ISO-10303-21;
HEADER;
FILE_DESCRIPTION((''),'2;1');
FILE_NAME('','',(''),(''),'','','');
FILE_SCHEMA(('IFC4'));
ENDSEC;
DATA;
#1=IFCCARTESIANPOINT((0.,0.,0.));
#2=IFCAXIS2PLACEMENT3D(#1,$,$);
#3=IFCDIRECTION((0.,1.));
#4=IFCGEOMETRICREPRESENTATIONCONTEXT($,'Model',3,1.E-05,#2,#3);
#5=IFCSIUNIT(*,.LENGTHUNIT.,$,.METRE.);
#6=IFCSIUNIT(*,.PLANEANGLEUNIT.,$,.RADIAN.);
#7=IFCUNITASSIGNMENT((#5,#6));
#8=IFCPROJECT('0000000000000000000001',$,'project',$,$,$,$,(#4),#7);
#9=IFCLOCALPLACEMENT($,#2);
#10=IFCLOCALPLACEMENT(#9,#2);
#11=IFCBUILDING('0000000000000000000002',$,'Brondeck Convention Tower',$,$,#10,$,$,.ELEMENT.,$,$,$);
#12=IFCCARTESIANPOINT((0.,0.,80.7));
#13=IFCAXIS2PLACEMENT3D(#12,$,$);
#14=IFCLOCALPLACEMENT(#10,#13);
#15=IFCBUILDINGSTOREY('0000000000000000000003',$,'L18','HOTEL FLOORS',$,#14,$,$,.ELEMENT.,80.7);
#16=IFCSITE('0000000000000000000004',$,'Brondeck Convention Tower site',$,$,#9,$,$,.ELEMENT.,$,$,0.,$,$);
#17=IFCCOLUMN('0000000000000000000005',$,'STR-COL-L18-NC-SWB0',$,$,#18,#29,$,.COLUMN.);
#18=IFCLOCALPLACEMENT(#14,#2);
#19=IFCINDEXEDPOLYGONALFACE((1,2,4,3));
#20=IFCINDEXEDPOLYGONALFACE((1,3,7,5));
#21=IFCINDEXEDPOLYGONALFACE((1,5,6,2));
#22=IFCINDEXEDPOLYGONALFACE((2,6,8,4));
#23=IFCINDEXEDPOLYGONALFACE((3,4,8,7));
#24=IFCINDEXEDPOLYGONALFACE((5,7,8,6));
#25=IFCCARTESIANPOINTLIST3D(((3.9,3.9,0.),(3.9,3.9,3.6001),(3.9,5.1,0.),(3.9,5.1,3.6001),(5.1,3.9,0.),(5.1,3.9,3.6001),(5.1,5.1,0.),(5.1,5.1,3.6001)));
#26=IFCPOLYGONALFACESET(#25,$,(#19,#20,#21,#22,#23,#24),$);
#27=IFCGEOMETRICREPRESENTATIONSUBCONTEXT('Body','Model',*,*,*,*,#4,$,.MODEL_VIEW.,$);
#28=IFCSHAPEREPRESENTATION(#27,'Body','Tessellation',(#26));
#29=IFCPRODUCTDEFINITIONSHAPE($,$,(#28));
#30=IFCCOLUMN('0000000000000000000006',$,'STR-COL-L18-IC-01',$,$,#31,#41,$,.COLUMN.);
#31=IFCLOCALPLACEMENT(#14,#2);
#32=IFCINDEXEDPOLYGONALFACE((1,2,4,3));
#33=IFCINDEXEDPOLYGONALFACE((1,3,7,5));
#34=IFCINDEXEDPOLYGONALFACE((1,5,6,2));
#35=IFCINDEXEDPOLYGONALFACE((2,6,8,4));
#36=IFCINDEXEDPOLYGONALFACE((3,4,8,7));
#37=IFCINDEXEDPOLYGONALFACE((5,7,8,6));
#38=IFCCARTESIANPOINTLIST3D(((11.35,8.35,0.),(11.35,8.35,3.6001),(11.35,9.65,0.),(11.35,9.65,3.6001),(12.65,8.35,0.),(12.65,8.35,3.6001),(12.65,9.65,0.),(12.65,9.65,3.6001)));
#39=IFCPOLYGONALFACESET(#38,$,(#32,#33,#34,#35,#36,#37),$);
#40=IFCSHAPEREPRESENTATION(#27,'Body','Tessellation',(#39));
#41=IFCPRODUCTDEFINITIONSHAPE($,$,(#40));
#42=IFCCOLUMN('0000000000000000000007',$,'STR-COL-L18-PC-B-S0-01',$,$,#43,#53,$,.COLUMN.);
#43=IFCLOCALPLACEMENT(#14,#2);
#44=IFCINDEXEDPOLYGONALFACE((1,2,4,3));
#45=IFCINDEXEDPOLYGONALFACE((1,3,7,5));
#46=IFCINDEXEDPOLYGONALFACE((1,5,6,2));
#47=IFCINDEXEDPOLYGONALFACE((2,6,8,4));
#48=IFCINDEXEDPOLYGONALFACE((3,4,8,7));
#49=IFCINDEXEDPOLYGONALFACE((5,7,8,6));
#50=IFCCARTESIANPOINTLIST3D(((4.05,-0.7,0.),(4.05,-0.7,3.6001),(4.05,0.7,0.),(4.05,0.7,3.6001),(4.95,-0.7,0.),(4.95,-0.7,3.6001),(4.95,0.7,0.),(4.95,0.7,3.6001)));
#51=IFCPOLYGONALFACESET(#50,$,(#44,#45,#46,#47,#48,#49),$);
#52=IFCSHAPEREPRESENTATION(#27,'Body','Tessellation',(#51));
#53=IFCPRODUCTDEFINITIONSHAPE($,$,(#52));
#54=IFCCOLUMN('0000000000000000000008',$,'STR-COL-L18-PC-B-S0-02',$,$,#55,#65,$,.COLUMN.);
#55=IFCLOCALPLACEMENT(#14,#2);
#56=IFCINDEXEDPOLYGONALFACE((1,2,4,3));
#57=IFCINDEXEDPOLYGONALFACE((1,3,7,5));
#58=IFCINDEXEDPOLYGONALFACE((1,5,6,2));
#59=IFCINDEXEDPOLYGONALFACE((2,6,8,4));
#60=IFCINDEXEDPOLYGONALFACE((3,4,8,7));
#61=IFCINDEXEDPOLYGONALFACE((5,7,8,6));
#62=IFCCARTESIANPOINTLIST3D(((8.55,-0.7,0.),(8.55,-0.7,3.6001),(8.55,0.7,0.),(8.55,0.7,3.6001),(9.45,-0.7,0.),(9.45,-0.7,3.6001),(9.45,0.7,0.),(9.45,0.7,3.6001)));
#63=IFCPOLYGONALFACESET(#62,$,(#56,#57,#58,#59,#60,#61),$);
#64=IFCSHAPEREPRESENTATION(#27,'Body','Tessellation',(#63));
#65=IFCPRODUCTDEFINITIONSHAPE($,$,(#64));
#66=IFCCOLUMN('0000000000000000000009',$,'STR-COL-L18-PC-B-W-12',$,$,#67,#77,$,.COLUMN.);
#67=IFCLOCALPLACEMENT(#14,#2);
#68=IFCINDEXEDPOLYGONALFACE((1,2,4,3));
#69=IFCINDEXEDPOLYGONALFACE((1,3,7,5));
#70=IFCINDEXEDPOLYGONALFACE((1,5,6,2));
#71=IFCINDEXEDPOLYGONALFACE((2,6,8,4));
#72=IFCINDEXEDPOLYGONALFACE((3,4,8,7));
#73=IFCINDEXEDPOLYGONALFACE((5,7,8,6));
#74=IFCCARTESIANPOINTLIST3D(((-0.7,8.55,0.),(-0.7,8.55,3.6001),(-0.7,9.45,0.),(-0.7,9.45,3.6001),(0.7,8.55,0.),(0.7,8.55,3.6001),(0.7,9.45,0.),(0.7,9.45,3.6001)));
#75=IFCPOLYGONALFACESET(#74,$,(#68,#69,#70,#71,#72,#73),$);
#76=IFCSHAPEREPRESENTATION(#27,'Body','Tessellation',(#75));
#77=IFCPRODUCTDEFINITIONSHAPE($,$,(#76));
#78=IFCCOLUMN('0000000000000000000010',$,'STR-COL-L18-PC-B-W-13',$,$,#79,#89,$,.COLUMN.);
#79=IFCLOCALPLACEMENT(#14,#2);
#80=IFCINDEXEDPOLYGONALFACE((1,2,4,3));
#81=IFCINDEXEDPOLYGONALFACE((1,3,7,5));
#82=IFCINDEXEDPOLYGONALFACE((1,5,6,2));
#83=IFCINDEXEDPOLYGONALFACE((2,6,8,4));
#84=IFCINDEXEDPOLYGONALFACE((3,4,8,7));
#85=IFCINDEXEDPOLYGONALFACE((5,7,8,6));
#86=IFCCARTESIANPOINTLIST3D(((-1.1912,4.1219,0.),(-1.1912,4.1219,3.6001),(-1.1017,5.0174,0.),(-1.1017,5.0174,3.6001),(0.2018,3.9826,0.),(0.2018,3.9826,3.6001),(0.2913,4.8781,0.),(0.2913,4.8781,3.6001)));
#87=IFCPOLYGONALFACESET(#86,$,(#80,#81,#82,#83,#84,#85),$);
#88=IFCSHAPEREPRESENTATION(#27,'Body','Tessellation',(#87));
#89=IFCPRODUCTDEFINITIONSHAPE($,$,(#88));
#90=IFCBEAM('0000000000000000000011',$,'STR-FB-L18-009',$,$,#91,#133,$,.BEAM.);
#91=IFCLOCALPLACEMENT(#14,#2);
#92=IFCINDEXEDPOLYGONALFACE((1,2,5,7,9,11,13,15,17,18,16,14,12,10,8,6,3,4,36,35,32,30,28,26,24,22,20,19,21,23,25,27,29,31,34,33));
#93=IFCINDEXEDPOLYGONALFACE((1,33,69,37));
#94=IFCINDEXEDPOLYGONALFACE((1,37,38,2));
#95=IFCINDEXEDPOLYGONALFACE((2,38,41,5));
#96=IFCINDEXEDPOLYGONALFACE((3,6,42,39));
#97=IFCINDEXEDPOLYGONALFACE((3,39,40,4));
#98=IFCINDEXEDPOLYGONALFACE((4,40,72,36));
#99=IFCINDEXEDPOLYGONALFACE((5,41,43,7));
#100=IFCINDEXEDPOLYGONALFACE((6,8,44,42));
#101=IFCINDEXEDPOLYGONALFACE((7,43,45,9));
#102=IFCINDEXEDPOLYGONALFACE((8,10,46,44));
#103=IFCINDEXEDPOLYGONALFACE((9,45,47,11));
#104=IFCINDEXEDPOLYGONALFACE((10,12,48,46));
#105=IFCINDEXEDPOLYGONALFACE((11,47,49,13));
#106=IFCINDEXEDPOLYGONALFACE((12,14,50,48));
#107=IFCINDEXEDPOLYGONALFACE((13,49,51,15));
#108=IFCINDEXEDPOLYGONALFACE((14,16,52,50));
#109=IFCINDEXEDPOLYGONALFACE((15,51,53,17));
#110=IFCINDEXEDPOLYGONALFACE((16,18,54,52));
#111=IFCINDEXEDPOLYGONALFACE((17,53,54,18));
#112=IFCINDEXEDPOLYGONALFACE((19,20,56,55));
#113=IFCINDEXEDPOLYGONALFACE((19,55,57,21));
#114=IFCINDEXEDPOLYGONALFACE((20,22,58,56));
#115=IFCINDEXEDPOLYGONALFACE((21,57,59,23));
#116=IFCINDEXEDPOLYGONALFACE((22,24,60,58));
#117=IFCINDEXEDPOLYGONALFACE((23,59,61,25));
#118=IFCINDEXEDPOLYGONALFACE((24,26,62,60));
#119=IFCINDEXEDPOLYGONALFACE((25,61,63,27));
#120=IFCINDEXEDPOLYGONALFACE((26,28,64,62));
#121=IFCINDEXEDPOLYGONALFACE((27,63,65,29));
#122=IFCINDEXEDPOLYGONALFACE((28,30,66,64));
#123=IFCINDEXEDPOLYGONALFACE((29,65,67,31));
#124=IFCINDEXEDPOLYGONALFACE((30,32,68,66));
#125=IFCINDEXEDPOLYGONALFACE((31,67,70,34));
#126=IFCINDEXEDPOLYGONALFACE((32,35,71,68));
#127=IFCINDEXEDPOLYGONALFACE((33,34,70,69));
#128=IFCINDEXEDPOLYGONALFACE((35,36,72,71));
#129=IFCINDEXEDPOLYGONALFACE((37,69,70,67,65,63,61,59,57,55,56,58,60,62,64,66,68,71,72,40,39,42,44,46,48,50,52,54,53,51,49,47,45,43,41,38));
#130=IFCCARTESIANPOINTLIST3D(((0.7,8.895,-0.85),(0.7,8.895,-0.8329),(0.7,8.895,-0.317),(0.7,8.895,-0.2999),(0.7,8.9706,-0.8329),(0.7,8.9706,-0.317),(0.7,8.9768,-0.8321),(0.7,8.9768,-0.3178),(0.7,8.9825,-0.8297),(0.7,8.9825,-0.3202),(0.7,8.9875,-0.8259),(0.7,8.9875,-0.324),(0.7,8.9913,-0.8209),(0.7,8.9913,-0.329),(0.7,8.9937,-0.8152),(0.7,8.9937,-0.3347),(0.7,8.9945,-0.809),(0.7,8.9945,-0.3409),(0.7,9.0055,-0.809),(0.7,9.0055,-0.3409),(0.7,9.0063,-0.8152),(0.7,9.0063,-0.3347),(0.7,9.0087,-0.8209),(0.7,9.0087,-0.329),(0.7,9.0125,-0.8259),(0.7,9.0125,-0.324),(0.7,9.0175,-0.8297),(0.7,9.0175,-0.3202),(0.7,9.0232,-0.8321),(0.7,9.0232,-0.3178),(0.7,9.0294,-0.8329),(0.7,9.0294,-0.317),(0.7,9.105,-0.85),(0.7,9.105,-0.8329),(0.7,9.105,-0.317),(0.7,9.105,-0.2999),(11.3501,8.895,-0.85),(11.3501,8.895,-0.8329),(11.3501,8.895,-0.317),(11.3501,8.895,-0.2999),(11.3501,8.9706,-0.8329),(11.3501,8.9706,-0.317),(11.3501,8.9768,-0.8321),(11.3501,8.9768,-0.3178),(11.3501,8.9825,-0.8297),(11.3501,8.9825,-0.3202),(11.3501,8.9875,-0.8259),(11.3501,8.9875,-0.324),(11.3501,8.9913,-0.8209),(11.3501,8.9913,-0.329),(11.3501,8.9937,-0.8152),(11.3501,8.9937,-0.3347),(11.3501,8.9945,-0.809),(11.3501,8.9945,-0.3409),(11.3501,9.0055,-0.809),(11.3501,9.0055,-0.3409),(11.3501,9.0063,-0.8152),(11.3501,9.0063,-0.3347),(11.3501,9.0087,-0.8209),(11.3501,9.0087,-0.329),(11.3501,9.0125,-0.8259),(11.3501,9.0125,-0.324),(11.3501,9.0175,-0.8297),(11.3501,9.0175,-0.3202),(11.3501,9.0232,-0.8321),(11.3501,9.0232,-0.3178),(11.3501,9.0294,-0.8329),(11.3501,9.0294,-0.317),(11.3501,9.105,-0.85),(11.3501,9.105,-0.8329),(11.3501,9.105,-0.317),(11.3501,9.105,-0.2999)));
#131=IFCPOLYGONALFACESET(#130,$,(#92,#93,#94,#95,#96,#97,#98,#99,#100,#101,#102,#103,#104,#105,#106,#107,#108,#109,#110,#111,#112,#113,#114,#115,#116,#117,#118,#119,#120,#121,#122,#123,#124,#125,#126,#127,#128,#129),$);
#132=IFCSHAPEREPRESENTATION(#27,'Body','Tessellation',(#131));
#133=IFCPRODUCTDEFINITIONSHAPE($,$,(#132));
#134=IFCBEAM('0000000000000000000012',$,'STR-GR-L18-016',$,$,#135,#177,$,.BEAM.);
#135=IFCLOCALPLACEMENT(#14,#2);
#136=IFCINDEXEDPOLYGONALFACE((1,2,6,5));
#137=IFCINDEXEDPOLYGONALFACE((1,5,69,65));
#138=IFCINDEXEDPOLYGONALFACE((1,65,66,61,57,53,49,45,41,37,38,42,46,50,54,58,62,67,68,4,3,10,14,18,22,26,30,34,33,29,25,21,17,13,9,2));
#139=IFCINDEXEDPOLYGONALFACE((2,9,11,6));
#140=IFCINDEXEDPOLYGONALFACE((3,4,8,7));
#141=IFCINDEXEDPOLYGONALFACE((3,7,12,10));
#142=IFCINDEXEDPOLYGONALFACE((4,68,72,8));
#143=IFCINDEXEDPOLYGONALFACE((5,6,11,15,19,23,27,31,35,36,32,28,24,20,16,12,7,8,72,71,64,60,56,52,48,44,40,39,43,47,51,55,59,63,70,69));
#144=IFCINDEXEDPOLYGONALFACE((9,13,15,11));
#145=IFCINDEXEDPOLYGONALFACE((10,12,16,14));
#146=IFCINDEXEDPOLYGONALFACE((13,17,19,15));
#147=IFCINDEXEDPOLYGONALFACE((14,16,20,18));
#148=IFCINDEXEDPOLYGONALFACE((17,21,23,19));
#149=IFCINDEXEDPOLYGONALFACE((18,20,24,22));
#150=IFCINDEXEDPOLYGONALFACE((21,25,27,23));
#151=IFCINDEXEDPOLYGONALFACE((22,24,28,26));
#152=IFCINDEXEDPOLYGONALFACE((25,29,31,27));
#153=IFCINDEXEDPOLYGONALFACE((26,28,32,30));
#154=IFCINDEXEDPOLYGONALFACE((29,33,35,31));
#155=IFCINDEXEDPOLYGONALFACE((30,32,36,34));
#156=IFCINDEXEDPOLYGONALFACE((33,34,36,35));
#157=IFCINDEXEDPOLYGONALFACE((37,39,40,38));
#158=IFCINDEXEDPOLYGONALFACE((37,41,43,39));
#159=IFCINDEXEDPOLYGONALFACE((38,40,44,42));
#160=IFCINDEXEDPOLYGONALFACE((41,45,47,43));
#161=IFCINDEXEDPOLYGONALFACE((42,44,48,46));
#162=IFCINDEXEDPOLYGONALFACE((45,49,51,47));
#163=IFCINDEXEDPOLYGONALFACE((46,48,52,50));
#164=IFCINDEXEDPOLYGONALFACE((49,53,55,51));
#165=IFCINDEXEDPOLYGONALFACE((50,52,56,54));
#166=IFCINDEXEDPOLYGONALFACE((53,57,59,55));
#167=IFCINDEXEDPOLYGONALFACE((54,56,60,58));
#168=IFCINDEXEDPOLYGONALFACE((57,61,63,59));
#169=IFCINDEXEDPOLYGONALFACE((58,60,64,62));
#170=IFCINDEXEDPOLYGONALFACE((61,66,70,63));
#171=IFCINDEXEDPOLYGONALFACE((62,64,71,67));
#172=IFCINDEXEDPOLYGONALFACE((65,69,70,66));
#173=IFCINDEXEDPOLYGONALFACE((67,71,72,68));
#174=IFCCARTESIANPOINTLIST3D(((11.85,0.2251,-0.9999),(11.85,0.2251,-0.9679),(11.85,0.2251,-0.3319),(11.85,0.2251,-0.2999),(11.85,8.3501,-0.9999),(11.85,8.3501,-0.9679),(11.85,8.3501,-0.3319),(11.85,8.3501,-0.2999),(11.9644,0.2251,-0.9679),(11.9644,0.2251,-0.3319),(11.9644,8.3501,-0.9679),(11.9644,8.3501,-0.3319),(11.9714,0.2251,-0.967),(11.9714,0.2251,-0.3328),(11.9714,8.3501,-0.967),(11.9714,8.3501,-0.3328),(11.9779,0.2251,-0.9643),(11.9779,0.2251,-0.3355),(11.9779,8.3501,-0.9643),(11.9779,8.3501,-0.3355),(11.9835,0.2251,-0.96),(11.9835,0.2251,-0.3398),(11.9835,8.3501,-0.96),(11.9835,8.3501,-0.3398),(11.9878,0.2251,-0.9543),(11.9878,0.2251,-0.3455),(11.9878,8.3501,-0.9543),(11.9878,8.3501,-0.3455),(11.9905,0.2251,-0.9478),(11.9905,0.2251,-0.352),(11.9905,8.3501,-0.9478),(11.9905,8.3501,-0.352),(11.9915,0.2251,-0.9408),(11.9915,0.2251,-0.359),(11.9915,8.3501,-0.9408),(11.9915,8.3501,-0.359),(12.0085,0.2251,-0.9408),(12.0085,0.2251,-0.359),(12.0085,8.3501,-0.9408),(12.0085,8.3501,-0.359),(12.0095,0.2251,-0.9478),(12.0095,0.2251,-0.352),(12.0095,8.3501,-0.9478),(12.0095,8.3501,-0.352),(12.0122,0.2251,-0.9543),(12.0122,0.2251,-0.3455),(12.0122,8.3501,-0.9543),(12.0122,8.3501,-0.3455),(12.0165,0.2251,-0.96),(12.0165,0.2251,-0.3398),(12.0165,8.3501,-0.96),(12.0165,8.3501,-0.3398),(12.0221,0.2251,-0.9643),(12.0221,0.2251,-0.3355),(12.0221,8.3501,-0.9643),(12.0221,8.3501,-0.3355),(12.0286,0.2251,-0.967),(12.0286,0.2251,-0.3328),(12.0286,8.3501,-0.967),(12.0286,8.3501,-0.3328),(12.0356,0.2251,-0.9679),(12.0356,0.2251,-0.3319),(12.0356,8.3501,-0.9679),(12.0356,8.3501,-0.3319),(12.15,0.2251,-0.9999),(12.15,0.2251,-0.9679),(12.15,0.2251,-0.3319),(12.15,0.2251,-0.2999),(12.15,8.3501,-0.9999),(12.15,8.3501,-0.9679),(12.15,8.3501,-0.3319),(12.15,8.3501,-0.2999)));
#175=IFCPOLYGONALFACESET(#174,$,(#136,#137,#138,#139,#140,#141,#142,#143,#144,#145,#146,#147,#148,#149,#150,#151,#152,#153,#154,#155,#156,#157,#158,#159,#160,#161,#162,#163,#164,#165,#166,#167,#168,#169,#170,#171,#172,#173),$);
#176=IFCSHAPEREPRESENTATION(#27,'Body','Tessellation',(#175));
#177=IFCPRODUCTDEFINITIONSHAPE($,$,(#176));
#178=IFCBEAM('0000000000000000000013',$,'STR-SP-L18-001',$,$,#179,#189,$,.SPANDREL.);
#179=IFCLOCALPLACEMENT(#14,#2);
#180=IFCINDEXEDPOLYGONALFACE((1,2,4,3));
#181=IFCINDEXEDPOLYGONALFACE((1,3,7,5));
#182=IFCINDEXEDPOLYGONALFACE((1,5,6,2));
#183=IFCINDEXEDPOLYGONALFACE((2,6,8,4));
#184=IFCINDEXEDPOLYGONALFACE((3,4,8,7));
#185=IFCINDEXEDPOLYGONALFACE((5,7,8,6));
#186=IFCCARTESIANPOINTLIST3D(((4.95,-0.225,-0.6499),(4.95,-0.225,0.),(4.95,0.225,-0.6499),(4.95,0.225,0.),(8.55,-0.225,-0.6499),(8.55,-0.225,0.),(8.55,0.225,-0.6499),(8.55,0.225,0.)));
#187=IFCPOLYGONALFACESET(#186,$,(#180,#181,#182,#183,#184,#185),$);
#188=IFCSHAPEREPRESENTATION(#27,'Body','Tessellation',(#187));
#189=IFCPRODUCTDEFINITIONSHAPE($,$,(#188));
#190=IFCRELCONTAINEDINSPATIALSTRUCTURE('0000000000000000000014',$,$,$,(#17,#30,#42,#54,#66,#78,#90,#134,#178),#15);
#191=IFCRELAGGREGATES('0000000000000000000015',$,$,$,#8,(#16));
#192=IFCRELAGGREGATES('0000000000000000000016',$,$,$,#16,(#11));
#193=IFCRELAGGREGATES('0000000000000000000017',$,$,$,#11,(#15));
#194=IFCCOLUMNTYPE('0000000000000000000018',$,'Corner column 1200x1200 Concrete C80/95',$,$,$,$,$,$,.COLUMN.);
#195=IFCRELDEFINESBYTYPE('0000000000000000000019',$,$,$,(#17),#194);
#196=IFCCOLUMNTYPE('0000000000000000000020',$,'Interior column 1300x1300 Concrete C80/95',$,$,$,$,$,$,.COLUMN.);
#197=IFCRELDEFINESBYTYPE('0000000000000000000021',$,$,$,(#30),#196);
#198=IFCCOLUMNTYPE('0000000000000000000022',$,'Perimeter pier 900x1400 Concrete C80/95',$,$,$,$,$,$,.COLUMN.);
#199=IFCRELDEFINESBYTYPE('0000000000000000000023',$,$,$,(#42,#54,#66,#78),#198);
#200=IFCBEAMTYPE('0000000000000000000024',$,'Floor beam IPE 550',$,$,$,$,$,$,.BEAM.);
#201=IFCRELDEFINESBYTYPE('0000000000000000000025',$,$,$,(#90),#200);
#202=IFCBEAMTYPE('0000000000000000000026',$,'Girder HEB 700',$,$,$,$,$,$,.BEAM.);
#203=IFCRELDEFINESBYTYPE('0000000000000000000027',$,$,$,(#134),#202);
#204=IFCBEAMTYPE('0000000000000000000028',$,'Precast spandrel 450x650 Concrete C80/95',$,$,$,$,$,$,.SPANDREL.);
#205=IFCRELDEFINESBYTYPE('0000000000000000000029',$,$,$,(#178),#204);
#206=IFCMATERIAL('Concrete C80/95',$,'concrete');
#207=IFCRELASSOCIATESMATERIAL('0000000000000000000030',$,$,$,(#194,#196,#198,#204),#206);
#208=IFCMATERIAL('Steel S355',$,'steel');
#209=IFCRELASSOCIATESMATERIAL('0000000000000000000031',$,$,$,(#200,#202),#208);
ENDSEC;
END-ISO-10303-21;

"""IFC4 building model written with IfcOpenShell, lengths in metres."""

from ifc_helpers import new_model, si_unit, direction, frame, origin, origin_2d, place, context, subcontext, project, spatial, rectangle, i_section, extrude, material, material_profile, profile_set, type_object, element, save


model = new_model("IFC4")

# Units and contexts
model_context = context("Model", 3, precision=1e-05, world=origin(), true_north=direction((0.0, 1.0)))
body_context = subcontext(model_context, "Body", "Model", "MODEL_VIEW")
ifc_project = project(units=[si_unit("LENGTHUNIT", "METRE"), si_unit("PLANEANGLEUNIT", "RADIAN")], contexts=[model_context])

# Site, building, storey
site_placement = place(None, origin())
site = spatial("IfcSite", under=ifc_project, at=site_placement, Name="Brondeck Convention Tower site", CompositionType="ELEMENT", RefElevation=0.0)
building_placement = place(site_placement, origin())
building = spatial("IfcBuilding", under=site, at=building_placement, Name="Brondeck Convention Tower", CompositionType="ELEMENT")
storey_placement = place(building_placement, frame((0.0, 0.0, 80.7)))
storey = spatial("IfcBuildingStorey", under=building, at=storey_placement, Name="L18", Description="HOTEL FLOORS", CompositionType="ELEMENT", Elevation=80.7)

# Columns
ifc_material_1 = material(Name="Concrete C80/95", Category="concrete")
ifc_material_profile_1 = material_profile(ifc_material_1, rectangle(XDim=1.2, YDim=1.2, at=origin_2d()), Name="Corner column 1200x1200 Concrete C80/95")
ifc_profile_set_1 = profile_set([ifc_material_profile_1], Name="Concrete C80/95")
column_type_1 = type_object("IfcColumnType", Name="Corner column 1200x1200 Concrete C80/95", PredefinedType="COLUMN", material=ifc_profile_set_1)
column_1_placement = place(storey_placement, frame((4.5, 4.5, 0.0), z_axis=(0.0, 0.0, 1.0), x_axis=(1.0, 0.0, 0.0)))
element("IfcColumn", 1, at=column_1_placement, inside=storey, type_object=column_type_1, Name="STR-COL-L18-NC-SWB0", PredefinedType="COLUMN", context=body_context, shape_type="SweptSolid", body=[
    extrude(rectangle(XDim=1.2, YDim=1.2, at=origin_2d()), origin(), (0.0, 0.0, 1.0), 3.6001),
])
ifc_material_profile_2 = material_profile(ifc_material_1, rectangle(XDim=1.3, YDim=1.3, at=origin_2d()), Name="Interior column 1300x1300 Concrete C80/95")
ifc_profile_set_2 = profile_set([ifc_material_profile_2], Name="Concrete C80/95")
column_type_2 = type_object("IfcColumnType", Name="Interior column 1300x1300 Concrete C80/95", PredefinedType="COLUMN", material=ifc_profile_set_2)
column_2_placement = place(storey_placement, frame((12.0, 9.0, 0.0), z_axis=(0.0, 0.0, 1.0), x_axis=(1.0, 0.0, 0.0)))
element("IfcColumn", 2, at=column_2_placement, inside=storey, type_object=column_type_2, Name="STR-COL-L18-IC-01", PredefinedType="COLUMN", context=body_context, shape_type="SweptSolid", body=[
    extrude(rectangle(XDim=1.3, YDim=1.3, at=origin_2d()), origin(), (0.0, 0.0, 1.0), 3.6001),
])
ifc_material_profile_3 = material_profile(ifc_material_1, rectangle(XDim=0.8999, YDim=1.3999, at=origin_2d()), Name="Perimeter pier 900x1400 Concrete C80/95")
ifc_profile_set_3 = profile_set([ifc_material_profile_3], Name="Concrete C80/95")
column_type_3 = type_object("IfcColumnType", Name="Perimeter pier 900x1400 Concrete C80/95", PredefinedType="COLUMN", material=ifc_profile_set_3)
for number, where, z_axis, x_axis, name in (
    (3, (4.5, 0.0, 0.0), (0.0, 0.0, 1.0), (1.0, 0.0, 0.0), "STR-COL-L18-PC-B-S0-01"),
    (4, (9.0, 0.0, 0.0), (0.0, 0.0, 1.0), (1.0, 0.0, 0.0), "STR-COL-L18-PC-B-S0-02"),
    (5, (0.0, 9.0, 0.0), (0.0, 0.0, 1.0), (0.0, -1.0, 0.0), "STR-COL-L18-PC-B-W-12"),
    (6, (-0.45, 4.5, 0.0), (0.0, 0.0, 1.0), (-0.099504, -0.995037, 0.0), "STR-COL-L18-PC-B-W-13"),
):
    element("IfcColumn", number, at=place(storey_placement, frame(where, z_axis=z_axis, x_axis=x_axis)), inside=storey, type_object=column_type_3, Name=name, PredefinedType="COLUMN", context=body_context, shape_type="SweptSolid", body=[
        extrude(rectangle(XDim=0.8999, YDim=1.3999, at=origin_2d()), origin(), (0.0, 0.0, 1.0), 3.6001),
    ])

# Beams
ifc_material_2 = material(Name="Steel S355", Category="steel")
ifc_material_profile_4 = material_profile(ifc_material_2, i_section(OverallWidth=0.21, OverallDepth=0.55, WebThickness=0.011, FlangeThickness=0.0171, FilletRadius=0.0239, at=origin_2d()), Name="IPE 550")
ifc_profile_set_4 = profile_set([ifc_material_profile_4], Name="Steel S355")
beam_type_1 = type_object("IfcBeamType", Name="Floor beam IPE 550", PredefinedType="BEAM", material=ifc_profile_set_4)
beam_1_placement = place(storey_placement, frame((0.7, 9.0, -0.575), z_axis=(1.0, 0.0, 0.0), x_axis=(0.0, 1.0, 0.0)))
element("IfcBeam", 7, at=beam_1_placement, inside=storey, type_object=beam_type_1, Name="STR-FB-L18-009", PredefinedType="BEAM", context=body_context, shape_type="SweptSolid", body=[
    extrude(i_section(OverallWidth=0.21, OverallDepth=0.55, WebThickness=0.011, FlangeThickness=0.0171, FilletRadius=0.0239, at=origin_2d()), origin(), (0.0, 0.0, 1.0), 10.6501),
])
ifc_material_profile_5 = material_profile(ifc_material_2, i_section(OverallWidth=0.3, OverallDepth=0.7, WebThickness=0.0171, FlangeThickness=0.032, FilletRadius=0.0271, at=origin_2d()), Name="HEB 700")
ifc_profile_set_5 = profile_set([ifc_material_profile_5], Name="Steel S355")
beam_type_2 = type_object("IfcBeamType", Name="Girder HEB 700", PredefinedType="BEAM", material=ifc_profile_set_5)
beam_2_placement = place(storey_placement, frame((12.0, 8.3501, -0.6499), z_axis=(0.0, -1.0, 0.0), x_axis=(1.0, 0.0, 0.0)))
element("IfcBeam", 8, at=beam_2_placement, inside=storey, type_object=beam_type_2, Name="STR-GR-L18-016", PredefinedType="BEAM", context=body_context, shape_type="SweptSolid", body=[
    extrude(i_section(OverallWidth=0.3, OverallDepth=0.7, WebThickness=0.0171, FlangeThickness=0.032, FilletRadius=0.0271, at=origin_2d()), origin(), (0.0, 0.0, 1.0), 8.125),
])
ifc_material_profile_6 = material_profile(ifc_material_1, rectangle(XDim=0.45, YDim=0.6499, at=origin_2d()), Name="Precast spandrel 450x650 Concrete C80/95")
ifc_profile_set_6 = profile_set([ifc_material_profile_6], Name="Concrete C80/95")
beam_type_3 = type_object("IfcBeamType", Name="Precast spandrel 450x650 Concrete C80/95", PredefinedType="SPANDREL", material=ifc_profile_set_6)
for number, where, z_axis, x_axis, name in (
    (9, (4.95, 0.0, -0.325), (1.0, 0.0, 0.0), (0.0, 1.0, 0.0), "STR-SP-L18-001"),
):
    element("IfcBeam", number, at=place(storey_placement, frame(where, z_axis=z_axis, x_axis=x_axis)), inside=storey, type_object=beam_type_3, Name=name, PredefinedType="SPANDREL", context=body_context, shape_type="SweptSolid", body=[
        extrude(rectangle(XDim=0.45, YDim=0.6499, at=origin_2d()), origin(), (0.0, 0.0, 1.0), 3.6001),
    ])

save(model, "model.ifc")
